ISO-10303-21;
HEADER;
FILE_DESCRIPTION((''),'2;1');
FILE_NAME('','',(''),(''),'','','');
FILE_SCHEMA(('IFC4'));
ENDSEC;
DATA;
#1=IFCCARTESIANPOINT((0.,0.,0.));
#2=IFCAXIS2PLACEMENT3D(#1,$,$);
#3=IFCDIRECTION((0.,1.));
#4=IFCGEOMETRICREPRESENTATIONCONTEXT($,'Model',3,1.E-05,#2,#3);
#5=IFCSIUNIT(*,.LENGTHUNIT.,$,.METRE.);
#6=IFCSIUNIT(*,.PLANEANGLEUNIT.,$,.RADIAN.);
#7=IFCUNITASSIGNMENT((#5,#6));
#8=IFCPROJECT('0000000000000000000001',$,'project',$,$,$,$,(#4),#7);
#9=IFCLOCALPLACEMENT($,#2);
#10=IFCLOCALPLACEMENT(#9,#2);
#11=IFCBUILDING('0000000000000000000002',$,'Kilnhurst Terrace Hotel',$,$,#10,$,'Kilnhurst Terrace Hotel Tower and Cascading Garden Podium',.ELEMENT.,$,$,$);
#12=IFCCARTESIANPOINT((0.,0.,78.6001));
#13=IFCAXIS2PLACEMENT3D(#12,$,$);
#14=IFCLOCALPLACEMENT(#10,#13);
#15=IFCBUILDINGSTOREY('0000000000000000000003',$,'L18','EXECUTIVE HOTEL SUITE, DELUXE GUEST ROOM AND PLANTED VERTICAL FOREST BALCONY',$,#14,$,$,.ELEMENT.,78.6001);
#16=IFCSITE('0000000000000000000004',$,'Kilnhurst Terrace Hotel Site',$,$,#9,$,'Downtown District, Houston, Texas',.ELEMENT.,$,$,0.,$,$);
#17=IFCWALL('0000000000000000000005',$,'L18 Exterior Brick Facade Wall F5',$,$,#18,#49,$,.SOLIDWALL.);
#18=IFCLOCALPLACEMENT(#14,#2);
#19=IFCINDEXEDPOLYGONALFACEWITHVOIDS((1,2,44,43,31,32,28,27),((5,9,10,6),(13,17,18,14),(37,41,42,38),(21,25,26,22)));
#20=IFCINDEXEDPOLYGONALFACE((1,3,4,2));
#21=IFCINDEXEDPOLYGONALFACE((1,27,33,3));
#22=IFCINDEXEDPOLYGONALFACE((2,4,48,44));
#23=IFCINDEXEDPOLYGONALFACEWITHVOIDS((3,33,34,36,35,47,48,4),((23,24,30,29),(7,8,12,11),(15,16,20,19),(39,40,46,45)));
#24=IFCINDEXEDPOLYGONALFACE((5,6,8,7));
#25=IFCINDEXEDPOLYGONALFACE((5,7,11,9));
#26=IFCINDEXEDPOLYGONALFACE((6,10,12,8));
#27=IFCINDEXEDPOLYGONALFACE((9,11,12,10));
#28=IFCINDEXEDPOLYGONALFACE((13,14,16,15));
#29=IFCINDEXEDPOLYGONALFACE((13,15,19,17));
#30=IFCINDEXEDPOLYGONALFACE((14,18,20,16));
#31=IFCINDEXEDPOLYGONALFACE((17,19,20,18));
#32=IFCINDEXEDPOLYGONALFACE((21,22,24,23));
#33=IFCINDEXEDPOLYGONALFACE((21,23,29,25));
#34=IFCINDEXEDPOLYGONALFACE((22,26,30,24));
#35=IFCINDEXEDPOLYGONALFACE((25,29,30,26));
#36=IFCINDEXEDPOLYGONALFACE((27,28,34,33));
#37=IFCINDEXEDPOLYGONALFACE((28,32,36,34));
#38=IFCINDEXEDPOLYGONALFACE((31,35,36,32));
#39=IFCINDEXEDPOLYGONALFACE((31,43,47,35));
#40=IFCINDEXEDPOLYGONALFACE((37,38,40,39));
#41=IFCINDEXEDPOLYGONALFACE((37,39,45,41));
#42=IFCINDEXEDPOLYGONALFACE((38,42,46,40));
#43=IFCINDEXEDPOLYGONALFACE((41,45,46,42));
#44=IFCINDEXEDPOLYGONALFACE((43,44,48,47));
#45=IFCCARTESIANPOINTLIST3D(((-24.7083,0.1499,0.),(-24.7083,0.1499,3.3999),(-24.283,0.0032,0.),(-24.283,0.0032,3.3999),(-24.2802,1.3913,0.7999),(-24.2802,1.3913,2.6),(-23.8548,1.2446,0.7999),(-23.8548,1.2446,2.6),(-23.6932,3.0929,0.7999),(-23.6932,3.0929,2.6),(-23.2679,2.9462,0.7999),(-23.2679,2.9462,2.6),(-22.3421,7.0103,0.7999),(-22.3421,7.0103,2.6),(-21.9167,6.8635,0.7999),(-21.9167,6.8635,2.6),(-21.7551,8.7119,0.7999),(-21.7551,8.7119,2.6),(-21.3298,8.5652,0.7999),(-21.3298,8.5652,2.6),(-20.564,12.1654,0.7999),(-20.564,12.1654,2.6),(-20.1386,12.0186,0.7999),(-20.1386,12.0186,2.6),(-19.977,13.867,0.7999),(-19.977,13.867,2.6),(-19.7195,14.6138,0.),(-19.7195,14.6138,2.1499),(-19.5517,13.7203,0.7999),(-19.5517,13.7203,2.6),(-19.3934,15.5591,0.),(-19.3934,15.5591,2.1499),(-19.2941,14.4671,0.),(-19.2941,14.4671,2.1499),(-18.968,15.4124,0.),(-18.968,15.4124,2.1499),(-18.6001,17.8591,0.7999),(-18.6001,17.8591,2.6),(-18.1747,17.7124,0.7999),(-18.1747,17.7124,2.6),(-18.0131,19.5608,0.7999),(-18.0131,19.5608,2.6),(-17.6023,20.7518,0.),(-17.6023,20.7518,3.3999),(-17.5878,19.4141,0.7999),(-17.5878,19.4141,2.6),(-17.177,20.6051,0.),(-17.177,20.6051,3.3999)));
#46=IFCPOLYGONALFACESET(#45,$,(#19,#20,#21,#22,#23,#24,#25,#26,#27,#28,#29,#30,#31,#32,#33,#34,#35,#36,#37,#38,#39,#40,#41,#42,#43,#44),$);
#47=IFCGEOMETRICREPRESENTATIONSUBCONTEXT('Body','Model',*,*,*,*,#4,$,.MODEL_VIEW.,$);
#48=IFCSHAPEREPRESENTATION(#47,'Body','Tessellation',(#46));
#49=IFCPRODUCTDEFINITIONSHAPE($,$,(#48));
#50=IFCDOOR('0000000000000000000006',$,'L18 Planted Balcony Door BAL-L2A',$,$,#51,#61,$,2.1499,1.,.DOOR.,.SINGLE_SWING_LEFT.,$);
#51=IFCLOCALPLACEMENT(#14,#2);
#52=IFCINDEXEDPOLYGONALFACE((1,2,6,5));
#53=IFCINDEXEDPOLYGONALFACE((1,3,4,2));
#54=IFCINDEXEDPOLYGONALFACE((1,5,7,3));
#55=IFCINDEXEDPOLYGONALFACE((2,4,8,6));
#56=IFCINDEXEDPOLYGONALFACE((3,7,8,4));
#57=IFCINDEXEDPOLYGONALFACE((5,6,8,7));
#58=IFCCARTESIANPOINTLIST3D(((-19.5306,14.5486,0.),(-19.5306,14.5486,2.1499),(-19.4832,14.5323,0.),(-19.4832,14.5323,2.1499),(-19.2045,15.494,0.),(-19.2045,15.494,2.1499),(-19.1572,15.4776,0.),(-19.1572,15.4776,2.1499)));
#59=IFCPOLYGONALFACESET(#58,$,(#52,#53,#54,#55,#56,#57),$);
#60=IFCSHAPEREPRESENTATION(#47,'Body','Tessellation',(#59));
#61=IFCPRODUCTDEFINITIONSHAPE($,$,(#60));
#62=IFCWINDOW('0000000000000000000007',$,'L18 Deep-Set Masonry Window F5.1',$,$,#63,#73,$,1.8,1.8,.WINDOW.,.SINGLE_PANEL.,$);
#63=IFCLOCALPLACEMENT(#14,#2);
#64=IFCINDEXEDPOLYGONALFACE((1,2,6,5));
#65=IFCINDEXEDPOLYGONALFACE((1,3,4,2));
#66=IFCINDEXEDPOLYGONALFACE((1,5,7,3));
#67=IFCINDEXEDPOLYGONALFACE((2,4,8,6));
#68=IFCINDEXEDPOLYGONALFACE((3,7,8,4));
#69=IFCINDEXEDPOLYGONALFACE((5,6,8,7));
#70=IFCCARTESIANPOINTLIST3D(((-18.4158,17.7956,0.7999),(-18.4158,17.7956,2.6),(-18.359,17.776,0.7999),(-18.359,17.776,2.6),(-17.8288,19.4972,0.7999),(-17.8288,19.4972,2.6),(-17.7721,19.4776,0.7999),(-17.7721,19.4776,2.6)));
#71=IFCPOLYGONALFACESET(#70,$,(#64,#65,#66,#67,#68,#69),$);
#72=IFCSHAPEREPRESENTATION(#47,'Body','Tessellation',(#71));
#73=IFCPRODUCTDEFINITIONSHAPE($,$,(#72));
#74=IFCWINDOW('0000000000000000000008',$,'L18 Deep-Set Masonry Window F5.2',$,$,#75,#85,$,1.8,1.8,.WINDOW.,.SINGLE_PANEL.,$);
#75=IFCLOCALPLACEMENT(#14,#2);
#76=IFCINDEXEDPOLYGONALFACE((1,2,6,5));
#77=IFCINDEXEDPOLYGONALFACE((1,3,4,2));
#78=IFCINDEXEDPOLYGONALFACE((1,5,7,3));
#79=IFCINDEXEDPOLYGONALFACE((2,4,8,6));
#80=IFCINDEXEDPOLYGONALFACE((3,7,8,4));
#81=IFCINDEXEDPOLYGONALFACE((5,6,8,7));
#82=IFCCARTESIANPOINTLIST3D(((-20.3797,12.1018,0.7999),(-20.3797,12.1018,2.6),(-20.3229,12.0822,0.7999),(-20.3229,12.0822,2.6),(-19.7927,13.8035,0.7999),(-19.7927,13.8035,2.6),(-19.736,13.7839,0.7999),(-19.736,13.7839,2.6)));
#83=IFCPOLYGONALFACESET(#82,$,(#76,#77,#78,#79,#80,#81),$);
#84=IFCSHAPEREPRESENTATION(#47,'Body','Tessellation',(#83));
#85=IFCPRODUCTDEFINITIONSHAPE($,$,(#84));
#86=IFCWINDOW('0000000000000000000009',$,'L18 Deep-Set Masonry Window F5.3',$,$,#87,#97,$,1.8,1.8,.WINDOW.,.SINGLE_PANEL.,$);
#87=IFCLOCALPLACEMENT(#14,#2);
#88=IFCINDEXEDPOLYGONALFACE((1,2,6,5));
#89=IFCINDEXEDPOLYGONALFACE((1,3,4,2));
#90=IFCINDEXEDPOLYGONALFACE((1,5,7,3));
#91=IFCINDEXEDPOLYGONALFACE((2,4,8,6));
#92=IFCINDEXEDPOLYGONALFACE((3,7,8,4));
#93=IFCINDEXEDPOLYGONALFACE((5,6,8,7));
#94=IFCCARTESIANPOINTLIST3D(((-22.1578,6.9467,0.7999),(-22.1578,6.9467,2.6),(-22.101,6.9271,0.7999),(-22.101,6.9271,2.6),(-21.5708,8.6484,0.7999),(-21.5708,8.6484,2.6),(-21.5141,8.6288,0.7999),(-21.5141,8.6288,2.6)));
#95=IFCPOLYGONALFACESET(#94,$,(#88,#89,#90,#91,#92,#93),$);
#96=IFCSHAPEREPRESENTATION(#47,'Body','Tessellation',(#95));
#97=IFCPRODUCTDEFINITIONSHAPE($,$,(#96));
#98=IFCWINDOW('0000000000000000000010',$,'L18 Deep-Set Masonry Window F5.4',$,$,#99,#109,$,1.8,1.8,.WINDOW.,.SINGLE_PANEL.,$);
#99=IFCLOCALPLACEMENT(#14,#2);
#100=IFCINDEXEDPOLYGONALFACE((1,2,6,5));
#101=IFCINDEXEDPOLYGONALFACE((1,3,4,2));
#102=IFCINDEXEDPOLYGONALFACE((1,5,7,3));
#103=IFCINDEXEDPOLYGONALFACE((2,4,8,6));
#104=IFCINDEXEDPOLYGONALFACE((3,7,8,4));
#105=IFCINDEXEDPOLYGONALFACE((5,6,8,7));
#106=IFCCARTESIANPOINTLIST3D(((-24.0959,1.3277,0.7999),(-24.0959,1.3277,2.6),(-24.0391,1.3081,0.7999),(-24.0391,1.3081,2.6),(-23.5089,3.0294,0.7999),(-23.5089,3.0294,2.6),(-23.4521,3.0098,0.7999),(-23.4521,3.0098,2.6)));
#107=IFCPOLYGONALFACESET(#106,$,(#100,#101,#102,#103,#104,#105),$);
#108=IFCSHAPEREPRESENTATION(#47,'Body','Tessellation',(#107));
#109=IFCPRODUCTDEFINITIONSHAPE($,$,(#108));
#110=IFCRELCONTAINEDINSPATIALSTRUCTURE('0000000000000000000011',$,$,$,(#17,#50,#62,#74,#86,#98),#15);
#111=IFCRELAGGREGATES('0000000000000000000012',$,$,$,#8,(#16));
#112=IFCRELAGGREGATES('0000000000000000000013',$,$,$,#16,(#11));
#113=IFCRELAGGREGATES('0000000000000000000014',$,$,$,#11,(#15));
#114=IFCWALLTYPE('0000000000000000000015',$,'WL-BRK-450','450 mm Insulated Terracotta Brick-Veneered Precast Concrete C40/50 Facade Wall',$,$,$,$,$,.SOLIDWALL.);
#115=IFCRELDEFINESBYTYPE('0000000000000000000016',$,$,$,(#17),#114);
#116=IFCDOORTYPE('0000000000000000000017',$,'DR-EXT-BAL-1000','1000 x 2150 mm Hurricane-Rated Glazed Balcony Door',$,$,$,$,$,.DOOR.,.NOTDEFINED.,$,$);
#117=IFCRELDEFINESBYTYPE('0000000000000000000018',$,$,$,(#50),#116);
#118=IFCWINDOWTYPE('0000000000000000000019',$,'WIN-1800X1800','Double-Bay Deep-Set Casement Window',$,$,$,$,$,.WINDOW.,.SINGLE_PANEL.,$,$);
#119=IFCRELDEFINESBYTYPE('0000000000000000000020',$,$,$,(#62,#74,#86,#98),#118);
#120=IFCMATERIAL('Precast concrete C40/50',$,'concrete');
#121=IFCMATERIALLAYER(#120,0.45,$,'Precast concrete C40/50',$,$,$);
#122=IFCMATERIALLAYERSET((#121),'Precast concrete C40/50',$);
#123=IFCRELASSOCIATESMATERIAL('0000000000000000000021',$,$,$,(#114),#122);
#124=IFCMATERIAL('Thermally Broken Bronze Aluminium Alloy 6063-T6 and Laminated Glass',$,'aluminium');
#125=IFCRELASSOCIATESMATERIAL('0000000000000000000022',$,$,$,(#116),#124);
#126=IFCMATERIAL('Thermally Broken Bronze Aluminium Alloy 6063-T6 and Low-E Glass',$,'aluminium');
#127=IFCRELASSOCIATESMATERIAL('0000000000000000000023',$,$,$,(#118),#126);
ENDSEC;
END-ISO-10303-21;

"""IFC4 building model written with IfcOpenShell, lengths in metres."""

from ifc_helpers import new_model, si_unit, direction, frame, frame_2d, origin, place, context, subcontext, project, spatial, rectangle, extrude, material, layer, layer_set, type_object, element, fill, save


model = new_model("IFC4")

# Units and contexts
model_context = context("Model", 3, precision=1e-05, world=origin(), true_north=direction((0.0, 1.0)))
body_context = subcontext(model_context, "Body", "Model", "MODEL_VIEW")
ifc_project = project(units=[si_unit("LENGTHUNIT", "METRE"), si_unit("PLANEANGLEUNIT", "RADIAN")], contexts=[model_context])

# Site, building, storey
site_placement = place(None, origin())
site = spatial("IfcSite", under=ifc_project, at=site_placement, Name="Kilnhurst Terrace Hotel Site", LongName="Downtown District, Houston, Texas", CompositionType="ELEMENT", RefElevation=0.0)
building_placement = place(site_placement, origin())
building = spatial("IfcBuilding", under=site, at=building_placement, Name="Kilnhurst Terrace Hotel", LongName="Kilnhurst Terrace Hotel Tower and Cascading Garden Podium", CompositionType="ELEMENT")
storey_placement = place(building_placement, frame((0.0, 0.0, 78.6001)))
storey = spatial("IfcBuildingStorey", under=building, at=storey_placement, Name="L18", Description="EXECUTIVE HOTEL SUITE, DELUXE GUEST ROOM AND PLANTED VERTICAL FOREST BALCONY", CompositionType="ELEMENT", Elevation=78.6001)

# Shared definitions
ifc_material_1 = material(Name="Precast concrete C40/50", Category="concrete")
ifc_layer_1 = layer(ifc_material_1, 0.45, Name="Precast concrete C40/50")
ifc_layer_set_1 = layer_set([ifc_layer_1], Name="Precast concrete C40/50")
wall_type_1 = type_object("IfcWallType", Name="WL-BRK-450", Description="450 mm Insulated Terracotta Brick-Veneered Precast Concrete C40/50 Facade Wall", PredefinedType="SOLIDWALL", material=ifc_layer_set_1)

# Wall, openings, door, windows
wall_1_placement = place(storey_placement, frame((-17.3896, 20.6785, 0.0), z_axis=(0.0, 0.0, 1.0), x_axis=(-0.326068, -0.945346, 0.0)))
wall_1 = element("IfcWall", 1, at=wall_1_placement, inside=storey, type_object=wall_type_1, Name="L18 Exterior Brick Facade Wall F5", PredefinedType="SOLIDWALL", context=body_context, shape_type="SweptSolid", body=[
    extrude(rectangle(XDim=21.793, YDim=0.45, at=frame_2d((10.8965, 0.0))), origin(), (0.0, 0.0, 1.0), 3.3999),
])
opening_1_placement = place(wall_1_placement, frame((5.4929, 0.0, 0.0)))
opening_1 = element("IfcOpeningElement", 2, at=opening_1_placement, cuts=wall_1, PredefinedType="OPENING", context=body_context, shape_type="SweptSolid", body=[
    extrude(rectangle(XDim=1.0, YDim=2.1499, at=frame_2d((0.5, 1.075))), frame((0.0, 0.2349, 0.0), z_axis=(0.0, -1.0, 0.0), x_axis=(1.0, 0.0, 0.0)), (0.0, 0.0, 1.0), 0.47),
])
opening_2_placement = place(wall_1_placement, frame((1.26, 0.0, 0.8)))
opening_2 = element("IfcOpeningElement", 3, at=opening_2_placement, cuts=wall_1, PredefinedType="OPENING", context=body_context, shape_type="SweptSolid", body=[
    extrude(rectangle(XDim=1.8, YDim=1.8, at=frame_2d((0.8999, 0.8999))), frame((0.0, 0.2349, 0.0), z_axis=(0.0, -1.0, 0.0), x_axis=(1.0, 0.0, 0.0)), (0.0, 0.0, 1.0), 0.47),
])
opening_3_placement = place(wall_1_placement, frame((7.283, 0.0, 0.8)))
opening_3 = element("IfcOpeningElement", 4, at=opening_3_placement, cuts=wall_1, PredefinedType="OPENING", context=body_context, shape_type="SweptSolid", body=[
    extrude(rectangle(XDim=1.8, YDim=1.8, at=frame_2d((0.8999, 0.8999))), frame((0.0, 0.2349, 0.0), z_axis=(0.0, -1.0, 0.0), x_axis=(1.0, 0.0, 0.0)), (0.0, 0.0, 1.0), 0.47),
])
opening_4_placement = place(wall_1_placement, frame((12.7361, 0.0, 0.8)))
opening_4 = element("IfcOpeningElement", 5, at=opening_4_placement, cuts=wall_1, PredefinedType="OPENING", context=body_context, shape_type="SweptSolid", body=[
    extrude(rectangle(XDim=1.8, YDim=1.8, at=frame_2d((0.8999, 0.8999))), frame((0.0, 0.2349, 0.0), z_axis=(0.0, -1.0, 0.0), x_axis=(1.0, 0.0, 0.0)), (0.0, 0.0, 1.0), 0.47),
])
opening_5_placement = place(wall_1_placement, frame((18.6799, 0.0, 0.8)))
opening_5 = element("IfcOpeningElement", 6, at=opening_5_placement, cuts=wall_1, PredefinedType="OPENING", context=body_context, shape_type="SweptSolid", body=[
    extrude(rectangle(XDim=1.8, YDim=1.8, at=frame_2d((0.8999, 0.8999))), frame((0.0, 0.2349, 0.0), z_axis=(0.0, -1.0, 0.0), x_axis=(1.0, 0.0, 0.0)), (0.0, 0.0, 1.0), 0.47),
])
ifc_material_2 = material(Name="Thermally Broken Bronze Aluminium Alloy 6063-T6 and Laminated Glass", Category="aluminium")
door_type_1 = type_object("IfcDoorType", Name="DR-EXT-BAL-1000", Description="1000 x 2150 mm Hurricane-Rated Glazed Balcony Door", OperationType="NOTDEFINED", PredefinedType="DOOR", material=ifc_material_2)
door_1_placement = place(opening_1_placement, origin())
door_1 = element("IfcDoor", 7, at=door_1_placement, inside=storey, type_object=door_type_1, Name="L18 Planted Balcony Door BAL-L2A", OperationType="SINGLE_SWING_LEFT", OverallHeight=2.1499, OverallWidth=1.0, PredefinedType="DOOR", context=body_context, shape_type="SweptSolid", body=[
    extrude(rectangle(XDim=1.0, YDim=2.1499, at=frame_2d((0.5, 1.075))), frame((0.0, 0.0249, 0.0), z_axis=(0.0, -1.0, 0.0), x_axis=(1.0, 0.0, 0.0)), (0.0, 0.0, 1.0), 0.05),
])
fill(opening_1, door_1)
ifc_material_3 = material(Name="Thermally Broken Bronze Aluminium Alloy 6063-T6 and Low-E Glass", Category="aluminium")
window_type = type_object("IfcWindowType", Name="WIN-1800X1800", Description="Double-Bay Deep-Set Casement Window", PartitioningType="SINGLE_PANEL", PredefinedType="WINDOW", material=ifc_material_3)
window_1_placement = place(opening_2_placement, origin())
window_1 = element("IfcWindow", 8, at=window_1_placement, inside=storey, type_object=window_type, Name="L18 Deep-Set Masonry Window F5.1", OverallHeight=1.8, OverallWidth=1.8, PartitioningType="SINGLE_PANEL", PredefinedType="WINDOW", context=body_context, shape_type="SweptSolid", body=[
    extrude(rectangle(XDim=1.8, YDim=1.8, at=frame_2d((0.8999, 0.8999))), frame((0.0, 0.03, 0.0), z_axis=(0.0, -1.0, 0.0), x_axis=(1.0, 0.0, 0.0)), (0.0, 0.0, 1.0), 0.0601),
])
fill(opening_2, window_1)
window_2_placement = place(opening_3_placement, origin())
window_2 = element("IfcWindow", 9, at=window_2_placement, inside=storey, type_object=window_type, Name="L18 Deep-Set Masonry Window F5.2", OverallHeight=1.8, OverallWidth=1.8, PartitioningType="SINGLE_PANEL", PredefinedType="WINDOW", context=body_context, shape_type="SweptSolid", body=[
    extrude(rectangle(XDim=1.8, YDim=1.8, at=frame_2d((0.8999, 0.8999))), frame((0.0, 0.03, 0.0), z_axis=(0.0, -1.0, 0.0), x_axis=(1.0, 0.0, 0.0)), (0.0, 0.0, 1.0), 0.0601),
])
fill(opening_3, window_2)
window_3_placement = place(opening_4_placement, origin())
window_3 = element("IfcWindow", 10, at=window_3_placement, inside=storey, type_object=window_type, Name="L18 Deep-Set Masonry Window F5.3", OverallHeight=1.8, OverallWidth=1.8, PartitioningType="SINGLE_PANEL", PredefinedType="WINDOW", context=body_context, shape_type="SweptSolid", body=[
    extrude(rectangle(XDim=1.8, YDim=1.8, at=frame_2d((0.8999, 0.8999))), frame((0.0, 0.03, 0.0), z_axis=(0.0, -1.0, 0.0), x_axis=(1.0, 0.0, 0.0)), (0.0, 0.0, 1.0), 0.0601),
])
fill(opening_4, window_3)
window_4_placement = place(opening_5_placement, origin())
window_4 = element("IfcWindow", 11, at=window_4_placement, inside=storey, type_object=window_type, Name="L18 Deep-Set Masonry Window F5.4", OverallHeight=1.8, OverallWidth=1.8, PartitioningType="SINGLE_PANEL", PredefinedType="WINDOW", context=body_context, shape_type="SweptSolid", body=[
    extrude(rectangle(XDim=1.8, YDim=1.8, at=frame_2d((0.8999, 0.8999))), frame((0.0, 0.03, 0.0), z_axis=(0.0, -1.0, 0.0), x_axis=(1.0, 0.0, 0.0)), (0.0, 0.0, 1.0), 0.0601),
])
fill(opening_5, window_4)

save(model, "model.ifc")
